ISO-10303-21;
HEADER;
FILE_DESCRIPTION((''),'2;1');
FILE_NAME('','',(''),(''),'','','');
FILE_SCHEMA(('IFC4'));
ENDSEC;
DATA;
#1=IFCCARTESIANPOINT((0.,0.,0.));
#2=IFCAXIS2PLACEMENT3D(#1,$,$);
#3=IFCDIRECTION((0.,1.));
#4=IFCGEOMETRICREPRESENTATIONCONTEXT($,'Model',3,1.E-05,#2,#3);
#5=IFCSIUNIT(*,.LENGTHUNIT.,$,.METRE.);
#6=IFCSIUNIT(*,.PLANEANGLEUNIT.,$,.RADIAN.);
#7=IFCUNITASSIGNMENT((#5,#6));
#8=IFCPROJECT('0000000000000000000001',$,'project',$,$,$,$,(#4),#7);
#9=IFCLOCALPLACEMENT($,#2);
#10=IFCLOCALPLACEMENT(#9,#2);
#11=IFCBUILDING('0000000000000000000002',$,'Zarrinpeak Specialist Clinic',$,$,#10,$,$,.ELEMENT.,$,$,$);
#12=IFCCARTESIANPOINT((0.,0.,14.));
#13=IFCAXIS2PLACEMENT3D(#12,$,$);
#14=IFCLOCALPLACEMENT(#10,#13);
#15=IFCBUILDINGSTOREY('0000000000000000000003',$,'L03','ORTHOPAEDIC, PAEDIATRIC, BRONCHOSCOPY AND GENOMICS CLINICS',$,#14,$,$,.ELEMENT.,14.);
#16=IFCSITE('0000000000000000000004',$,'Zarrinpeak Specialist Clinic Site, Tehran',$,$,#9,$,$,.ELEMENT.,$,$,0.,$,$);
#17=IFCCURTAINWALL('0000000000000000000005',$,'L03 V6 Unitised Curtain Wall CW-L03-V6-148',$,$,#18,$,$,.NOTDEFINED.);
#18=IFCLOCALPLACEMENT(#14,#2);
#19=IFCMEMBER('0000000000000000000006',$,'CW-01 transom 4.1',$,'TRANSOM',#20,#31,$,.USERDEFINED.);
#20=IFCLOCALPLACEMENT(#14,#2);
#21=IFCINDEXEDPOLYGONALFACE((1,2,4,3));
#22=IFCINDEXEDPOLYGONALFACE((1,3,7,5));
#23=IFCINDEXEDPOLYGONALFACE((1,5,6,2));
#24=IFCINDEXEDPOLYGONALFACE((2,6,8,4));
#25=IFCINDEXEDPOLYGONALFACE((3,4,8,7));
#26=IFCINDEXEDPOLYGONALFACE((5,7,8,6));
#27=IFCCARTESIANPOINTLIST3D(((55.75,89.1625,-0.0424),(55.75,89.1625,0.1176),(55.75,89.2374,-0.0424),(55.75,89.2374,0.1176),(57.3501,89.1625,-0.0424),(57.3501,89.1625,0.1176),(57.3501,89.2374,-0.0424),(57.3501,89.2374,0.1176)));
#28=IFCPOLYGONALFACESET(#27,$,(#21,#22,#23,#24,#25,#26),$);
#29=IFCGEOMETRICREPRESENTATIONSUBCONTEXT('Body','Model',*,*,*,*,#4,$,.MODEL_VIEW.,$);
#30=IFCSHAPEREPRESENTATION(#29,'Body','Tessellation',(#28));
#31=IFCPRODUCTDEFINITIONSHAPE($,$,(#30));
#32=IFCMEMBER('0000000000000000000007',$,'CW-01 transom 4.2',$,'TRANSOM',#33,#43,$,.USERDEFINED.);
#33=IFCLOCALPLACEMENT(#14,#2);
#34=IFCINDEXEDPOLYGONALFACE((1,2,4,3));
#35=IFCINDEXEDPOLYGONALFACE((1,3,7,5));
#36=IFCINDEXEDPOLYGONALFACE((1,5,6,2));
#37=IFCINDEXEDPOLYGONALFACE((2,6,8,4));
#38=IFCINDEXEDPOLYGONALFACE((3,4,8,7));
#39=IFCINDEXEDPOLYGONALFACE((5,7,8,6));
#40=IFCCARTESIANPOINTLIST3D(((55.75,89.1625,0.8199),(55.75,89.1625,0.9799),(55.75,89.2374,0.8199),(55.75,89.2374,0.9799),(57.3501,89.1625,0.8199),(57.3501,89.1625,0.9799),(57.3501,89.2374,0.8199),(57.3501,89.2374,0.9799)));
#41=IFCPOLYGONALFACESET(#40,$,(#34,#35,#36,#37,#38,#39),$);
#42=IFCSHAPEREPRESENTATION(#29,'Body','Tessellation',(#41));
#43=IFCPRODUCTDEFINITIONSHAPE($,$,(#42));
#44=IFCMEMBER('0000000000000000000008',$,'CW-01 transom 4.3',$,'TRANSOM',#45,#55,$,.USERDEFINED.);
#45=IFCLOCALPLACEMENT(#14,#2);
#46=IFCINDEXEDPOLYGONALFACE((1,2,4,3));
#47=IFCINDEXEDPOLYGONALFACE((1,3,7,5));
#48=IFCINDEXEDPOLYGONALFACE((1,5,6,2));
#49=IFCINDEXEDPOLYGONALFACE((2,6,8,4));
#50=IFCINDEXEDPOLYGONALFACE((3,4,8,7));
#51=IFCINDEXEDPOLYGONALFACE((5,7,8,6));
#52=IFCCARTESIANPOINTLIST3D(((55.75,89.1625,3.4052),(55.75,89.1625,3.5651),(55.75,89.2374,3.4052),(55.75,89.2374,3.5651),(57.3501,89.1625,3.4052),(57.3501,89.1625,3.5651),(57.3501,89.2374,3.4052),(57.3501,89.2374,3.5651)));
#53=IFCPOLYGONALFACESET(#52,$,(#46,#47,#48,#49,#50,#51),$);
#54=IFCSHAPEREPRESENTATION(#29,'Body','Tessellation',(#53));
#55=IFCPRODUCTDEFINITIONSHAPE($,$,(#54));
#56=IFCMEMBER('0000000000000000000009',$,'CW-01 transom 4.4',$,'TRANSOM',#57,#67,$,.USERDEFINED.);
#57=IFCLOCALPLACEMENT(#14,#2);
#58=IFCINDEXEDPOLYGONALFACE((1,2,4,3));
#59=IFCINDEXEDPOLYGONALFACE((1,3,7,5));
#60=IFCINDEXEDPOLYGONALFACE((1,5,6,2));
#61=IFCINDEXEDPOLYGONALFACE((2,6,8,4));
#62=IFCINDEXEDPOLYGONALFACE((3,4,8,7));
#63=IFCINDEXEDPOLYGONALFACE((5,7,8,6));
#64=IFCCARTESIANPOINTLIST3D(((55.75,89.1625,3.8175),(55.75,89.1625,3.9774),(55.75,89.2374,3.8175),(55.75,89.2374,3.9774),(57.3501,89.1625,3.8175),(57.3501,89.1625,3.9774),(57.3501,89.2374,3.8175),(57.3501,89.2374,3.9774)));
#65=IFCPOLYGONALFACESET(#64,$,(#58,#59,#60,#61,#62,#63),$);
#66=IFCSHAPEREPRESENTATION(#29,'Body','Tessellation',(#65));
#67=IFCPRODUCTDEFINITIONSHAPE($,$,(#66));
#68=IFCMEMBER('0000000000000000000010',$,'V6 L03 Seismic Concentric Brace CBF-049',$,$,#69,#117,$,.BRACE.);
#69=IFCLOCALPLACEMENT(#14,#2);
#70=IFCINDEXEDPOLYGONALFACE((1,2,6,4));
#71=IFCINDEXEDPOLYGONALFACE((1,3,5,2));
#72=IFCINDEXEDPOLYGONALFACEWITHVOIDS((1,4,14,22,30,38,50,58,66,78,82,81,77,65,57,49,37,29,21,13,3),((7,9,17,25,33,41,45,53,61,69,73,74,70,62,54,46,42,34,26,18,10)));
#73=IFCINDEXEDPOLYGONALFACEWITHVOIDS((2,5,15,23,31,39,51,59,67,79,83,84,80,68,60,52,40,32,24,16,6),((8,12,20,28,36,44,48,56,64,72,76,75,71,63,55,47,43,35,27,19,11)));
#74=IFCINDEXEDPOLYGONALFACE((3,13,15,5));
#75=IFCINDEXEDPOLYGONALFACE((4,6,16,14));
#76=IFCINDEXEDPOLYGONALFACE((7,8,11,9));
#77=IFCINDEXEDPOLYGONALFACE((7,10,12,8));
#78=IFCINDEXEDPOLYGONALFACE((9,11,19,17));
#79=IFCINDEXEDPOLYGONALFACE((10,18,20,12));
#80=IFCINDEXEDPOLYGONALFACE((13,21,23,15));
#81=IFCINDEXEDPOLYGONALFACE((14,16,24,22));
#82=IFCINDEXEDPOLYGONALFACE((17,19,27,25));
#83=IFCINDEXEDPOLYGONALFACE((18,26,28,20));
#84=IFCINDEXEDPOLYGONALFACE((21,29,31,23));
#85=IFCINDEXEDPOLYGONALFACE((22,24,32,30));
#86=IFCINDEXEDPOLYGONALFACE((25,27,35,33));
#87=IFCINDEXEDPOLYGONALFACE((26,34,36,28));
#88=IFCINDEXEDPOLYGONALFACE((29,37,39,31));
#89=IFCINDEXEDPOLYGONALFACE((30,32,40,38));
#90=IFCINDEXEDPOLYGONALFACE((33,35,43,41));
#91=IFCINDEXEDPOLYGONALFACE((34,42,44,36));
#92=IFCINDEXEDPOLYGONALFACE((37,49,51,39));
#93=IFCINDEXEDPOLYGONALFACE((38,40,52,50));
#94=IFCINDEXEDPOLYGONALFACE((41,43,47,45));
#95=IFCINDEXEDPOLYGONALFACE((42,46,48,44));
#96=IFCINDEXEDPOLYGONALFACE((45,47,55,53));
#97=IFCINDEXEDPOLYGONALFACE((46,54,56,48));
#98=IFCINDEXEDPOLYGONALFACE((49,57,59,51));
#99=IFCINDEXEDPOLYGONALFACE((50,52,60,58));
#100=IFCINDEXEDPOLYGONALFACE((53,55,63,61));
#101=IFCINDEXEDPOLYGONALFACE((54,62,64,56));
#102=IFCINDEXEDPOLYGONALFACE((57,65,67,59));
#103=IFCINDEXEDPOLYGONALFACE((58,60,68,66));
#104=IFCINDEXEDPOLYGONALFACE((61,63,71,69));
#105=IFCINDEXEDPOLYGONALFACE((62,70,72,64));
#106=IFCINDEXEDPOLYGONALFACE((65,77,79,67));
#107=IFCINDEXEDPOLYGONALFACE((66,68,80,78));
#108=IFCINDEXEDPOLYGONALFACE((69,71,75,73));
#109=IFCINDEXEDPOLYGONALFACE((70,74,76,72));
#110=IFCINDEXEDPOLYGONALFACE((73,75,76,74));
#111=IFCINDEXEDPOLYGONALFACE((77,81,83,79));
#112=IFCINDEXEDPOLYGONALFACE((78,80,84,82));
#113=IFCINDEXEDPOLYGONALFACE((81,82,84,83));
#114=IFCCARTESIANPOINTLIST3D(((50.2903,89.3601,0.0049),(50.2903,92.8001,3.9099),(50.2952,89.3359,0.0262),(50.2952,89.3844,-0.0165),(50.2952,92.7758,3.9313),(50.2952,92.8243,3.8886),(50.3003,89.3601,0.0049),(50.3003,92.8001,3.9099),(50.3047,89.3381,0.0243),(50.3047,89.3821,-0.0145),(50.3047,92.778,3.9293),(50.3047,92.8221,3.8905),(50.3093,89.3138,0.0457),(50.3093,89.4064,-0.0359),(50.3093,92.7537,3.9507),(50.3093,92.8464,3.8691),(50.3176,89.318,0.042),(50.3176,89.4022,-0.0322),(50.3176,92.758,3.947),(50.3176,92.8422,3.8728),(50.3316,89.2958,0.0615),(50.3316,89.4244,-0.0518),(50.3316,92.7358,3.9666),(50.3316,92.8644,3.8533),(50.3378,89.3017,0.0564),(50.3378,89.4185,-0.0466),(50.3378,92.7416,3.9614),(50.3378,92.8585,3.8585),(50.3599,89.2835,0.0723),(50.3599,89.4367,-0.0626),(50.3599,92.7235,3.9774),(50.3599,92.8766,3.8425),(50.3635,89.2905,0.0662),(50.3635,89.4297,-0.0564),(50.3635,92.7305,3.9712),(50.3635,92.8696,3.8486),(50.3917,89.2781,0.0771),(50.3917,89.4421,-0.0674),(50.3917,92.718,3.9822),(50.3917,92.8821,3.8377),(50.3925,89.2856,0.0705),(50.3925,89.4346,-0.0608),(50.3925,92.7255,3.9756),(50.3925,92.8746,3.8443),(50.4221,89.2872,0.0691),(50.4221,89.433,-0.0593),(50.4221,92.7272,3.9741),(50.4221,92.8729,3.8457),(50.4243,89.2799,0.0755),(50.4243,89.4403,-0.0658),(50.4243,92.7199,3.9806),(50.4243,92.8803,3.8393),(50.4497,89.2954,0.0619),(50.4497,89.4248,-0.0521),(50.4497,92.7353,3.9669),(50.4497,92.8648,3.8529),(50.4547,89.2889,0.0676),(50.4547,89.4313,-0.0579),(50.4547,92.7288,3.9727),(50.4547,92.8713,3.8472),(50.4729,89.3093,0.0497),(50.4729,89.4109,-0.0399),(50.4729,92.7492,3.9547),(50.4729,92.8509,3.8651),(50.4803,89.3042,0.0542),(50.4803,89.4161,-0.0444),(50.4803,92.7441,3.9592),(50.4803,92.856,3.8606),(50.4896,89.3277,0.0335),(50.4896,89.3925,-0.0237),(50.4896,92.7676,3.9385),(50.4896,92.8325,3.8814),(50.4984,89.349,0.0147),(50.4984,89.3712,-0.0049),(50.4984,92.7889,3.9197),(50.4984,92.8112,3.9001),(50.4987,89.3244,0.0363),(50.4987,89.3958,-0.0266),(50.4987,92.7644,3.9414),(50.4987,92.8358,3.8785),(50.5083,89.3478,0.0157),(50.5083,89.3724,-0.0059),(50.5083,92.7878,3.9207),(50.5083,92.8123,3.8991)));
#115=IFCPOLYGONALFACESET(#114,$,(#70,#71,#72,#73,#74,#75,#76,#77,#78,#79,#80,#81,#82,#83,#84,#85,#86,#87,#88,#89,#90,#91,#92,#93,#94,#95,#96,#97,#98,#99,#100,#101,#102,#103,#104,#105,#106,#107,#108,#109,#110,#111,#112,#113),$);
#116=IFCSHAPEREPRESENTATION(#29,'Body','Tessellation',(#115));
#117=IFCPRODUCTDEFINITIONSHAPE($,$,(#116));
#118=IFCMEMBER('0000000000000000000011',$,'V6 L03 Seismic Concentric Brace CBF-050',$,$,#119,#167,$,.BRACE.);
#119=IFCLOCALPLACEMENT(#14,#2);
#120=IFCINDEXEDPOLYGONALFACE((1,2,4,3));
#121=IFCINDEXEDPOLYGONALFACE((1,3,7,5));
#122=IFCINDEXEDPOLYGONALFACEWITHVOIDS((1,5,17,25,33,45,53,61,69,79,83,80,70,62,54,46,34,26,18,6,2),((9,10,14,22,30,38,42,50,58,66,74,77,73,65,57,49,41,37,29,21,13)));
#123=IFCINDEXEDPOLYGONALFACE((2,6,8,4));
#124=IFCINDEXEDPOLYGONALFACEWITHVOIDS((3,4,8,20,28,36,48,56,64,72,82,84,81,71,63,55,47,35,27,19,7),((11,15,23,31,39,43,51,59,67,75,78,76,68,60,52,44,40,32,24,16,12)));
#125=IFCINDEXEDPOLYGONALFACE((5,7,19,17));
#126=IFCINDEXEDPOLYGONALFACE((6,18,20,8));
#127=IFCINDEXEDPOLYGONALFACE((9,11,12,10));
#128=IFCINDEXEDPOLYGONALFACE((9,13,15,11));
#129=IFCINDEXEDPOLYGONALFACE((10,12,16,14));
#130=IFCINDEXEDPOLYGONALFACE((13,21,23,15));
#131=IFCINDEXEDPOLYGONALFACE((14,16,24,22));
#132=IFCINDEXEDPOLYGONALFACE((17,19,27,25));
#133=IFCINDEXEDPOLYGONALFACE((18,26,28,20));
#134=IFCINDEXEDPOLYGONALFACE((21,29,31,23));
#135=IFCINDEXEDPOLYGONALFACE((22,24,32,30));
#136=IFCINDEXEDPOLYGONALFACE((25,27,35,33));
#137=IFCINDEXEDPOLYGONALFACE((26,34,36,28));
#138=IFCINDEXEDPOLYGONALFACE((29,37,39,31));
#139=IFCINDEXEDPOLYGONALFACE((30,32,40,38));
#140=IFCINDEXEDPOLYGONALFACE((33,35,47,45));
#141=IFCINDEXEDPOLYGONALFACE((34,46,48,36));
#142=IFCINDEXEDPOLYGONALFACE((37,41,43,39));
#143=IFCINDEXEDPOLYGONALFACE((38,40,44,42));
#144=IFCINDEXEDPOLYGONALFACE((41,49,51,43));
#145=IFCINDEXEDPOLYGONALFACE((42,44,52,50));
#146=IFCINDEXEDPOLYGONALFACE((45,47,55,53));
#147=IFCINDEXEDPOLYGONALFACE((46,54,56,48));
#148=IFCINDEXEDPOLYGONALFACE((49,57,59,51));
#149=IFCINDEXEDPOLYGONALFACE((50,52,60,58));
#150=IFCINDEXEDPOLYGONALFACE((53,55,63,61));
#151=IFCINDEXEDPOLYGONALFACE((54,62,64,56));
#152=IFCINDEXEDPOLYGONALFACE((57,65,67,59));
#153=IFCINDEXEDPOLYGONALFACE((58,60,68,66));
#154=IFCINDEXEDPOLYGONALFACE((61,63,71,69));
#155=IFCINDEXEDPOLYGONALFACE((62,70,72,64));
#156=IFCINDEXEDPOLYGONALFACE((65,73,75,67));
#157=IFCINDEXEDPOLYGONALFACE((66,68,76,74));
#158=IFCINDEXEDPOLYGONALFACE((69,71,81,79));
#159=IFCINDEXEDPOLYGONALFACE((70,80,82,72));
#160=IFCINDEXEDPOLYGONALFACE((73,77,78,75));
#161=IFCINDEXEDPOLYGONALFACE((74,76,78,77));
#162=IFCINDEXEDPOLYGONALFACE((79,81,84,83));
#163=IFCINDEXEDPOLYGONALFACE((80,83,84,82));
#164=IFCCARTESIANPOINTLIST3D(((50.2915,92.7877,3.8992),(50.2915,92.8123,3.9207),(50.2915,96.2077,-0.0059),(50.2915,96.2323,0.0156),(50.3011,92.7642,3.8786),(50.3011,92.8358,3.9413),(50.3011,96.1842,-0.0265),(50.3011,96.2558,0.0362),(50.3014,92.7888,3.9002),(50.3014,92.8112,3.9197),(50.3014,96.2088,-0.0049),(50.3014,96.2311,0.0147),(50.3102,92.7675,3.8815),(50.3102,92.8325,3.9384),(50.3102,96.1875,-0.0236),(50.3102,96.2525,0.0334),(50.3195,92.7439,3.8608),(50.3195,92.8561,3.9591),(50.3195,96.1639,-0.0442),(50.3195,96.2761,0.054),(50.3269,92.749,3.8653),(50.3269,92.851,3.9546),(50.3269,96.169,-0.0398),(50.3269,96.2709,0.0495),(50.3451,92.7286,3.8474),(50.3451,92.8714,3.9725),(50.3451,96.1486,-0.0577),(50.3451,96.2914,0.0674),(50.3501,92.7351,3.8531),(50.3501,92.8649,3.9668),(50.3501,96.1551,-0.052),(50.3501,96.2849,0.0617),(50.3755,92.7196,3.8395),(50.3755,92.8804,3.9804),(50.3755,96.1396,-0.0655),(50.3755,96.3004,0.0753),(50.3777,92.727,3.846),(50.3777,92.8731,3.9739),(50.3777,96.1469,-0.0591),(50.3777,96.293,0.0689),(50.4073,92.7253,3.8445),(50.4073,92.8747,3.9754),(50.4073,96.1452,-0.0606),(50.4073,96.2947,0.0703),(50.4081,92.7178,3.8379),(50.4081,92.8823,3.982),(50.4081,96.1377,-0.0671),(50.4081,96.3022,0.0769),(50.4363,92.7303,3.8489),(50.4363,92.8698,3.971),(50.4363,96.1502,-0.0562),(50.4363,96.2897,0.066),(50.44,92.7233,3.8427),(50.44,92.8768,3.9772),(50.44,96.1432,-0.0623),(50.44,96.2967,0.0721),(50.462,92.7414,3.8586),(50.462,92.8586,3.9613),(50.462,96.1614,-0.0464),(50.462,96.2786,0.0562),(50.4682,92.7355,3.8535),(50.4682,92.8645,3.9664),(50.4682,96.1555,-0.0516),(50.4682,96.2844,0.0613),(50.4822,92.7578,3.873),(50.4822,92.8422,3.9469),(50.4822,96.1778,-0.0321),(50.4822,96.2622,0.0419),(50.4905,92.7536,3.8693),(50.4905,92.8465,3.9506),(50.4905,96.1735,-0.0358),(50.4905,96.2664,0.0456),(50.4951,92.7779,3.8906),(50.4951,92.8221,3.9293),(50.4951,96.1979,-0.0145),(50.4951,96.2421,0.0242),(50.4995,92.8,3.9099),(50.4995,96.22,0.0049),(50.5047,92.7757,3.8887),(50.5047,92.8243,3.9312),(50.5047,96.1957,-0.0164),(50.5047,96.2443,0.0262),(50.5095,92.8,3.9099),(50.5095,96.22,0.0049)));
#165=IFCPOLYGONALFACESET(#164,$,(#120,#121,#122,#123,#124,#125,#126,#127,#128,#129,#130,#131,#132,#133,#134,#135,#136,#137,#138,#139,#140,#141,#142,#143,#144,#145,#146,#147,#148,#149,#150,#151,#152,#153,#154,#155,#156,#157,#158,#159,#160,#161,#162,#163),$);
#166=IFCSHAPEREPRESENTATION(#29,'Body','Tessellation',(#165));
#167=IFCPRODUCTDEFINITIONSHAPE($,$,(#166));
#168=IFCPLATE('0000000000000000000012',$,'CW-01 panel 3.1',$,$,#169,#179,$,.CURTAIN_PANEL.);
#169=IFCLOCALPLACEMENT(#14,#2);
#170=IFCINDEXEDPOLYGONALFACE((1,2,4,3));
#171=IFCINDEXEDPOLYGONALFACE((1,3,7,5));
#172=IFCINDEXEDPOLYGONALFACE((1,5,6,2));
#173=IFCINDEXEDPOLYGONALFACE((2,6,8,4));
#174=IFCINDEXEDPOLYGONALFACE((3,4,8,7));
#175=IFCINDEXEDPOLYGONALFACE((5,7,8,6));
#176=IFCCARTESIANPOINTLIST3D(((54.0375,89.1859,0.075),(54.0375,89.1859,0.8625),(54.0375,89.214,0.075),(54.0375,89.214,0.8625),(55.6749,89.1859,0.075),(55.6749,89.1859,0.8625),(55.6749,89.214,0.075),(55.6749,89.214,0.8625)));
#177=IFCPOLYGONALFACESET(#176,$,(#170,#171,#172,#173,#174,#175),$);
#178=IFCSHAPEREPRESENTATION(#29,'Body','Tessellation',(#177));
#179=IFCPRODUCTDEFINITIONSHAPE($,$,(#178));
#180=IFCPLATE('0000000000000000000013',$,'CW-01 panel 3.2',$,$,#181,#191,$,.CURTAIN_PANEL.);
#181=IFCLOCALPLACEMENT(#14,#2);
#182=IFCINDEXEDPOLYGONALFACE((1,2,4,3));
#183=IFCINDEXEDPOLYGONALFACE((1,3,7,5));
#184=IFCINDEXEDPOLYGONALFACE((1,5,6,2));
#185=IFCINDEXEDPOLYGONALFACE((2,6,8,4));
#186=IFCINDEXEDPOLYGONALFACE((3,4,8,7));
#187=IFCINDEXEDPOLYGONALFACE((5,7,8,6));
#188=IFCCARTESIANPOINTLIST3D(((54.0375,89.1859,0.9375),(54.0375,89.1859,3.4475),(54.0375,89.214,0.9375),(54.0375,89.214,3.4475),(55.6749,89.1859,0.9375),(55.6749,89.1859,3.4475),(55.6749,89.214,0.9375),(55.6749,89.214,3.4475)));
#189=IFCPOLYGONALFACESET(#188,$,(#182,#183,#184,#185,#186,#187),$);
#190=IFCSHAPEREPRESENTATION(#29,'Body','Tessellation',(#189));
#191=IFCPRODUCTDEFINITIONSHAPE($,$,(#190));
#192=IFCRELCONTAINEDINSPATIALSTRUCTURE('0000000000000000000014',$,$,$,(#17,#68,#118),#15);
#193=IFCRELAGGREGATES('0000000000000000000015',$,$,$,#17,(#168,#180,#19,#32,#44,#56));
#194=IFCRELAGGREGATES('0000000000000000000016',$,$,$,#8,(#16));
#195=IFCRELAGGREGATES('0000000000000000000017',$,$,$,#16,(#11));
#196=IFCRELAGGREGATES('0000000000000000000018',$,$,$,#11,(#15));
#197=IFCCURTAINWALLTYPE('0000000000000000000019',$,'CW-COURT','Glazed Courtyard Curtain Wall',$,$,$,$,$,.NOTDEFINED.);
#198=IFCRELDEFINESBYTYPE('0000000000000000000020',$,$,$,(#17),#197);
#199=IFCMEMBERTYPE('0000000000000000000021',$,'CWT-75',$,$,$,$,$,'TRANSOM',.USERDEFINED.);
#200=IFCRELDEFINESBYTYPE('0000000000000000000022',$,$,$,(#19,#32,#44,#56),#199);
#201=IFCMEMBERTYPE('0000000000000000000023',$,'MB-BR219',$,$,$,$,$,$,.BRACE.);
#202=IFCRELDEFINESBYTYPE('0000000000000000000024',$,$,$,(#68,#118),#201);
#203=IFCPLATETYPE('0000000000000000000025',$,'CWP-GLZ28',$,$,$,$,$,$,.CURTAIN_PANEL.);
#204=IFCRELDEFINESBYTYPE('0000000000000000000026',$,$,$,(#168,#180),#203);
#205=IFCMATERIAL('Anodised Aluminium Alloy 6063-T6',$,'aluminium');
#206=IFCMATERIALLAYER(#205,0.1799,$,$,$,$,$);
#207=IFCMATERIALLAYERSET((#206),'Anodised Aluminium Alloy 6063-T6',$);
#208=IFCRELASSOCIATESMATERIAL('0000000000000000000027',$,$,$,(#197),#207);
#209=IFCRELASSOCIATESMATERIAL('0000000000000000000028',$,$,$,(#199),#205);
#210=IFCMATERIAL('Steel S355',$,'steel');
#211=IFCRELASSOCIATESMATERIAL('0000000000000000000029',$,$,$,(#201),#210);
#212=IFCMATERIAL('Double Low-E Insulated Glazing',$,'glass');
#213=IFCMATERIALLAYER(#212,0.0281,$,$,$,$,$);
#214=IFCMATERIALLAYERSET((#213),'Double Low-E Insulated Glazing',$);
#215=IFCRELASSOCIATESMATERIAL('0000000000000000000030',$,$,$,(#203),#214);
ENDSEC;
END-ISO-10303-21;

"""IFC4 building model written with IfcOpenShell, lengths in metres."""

from ifc_helpers import new_model, si_unit, direction, frame, origin, origin_2d, place, context, subcontext, project, spatial, rectangle, hollow_circle, extrude, material, layer, layer_set, material_profile, profile_set, type_object, element, aggregate, save


model = new_model("IFC4")

# Units and contexts
model_context = context("Model", 3, precision=1e-05, world=origin(), true_north=direction((0.0, 1.0)))
body_context = subcontext(model_context, "Body", "Model", "MODEL_VIEW")
ifc_project = project(units=[si_unit("LENGTHUNIT", "METRE"), si_unit("PLANEANGLEUNIT", "RADIAN")], contexts=[model_context])

# Site, building, storey
site_placement = place(None, origin())
site = spatial("IfcSite", under=ifc_project, at=site_placement, Name="Zarrinpeak Specialist Clinic Site, Tehran", CompositionType="ELEMENT", RefElevation=0.0)
building_placement = place(site_placement, origin())
building = spatial("IfcBuilding", under=site, at=building_placement, Name="Zarrinpeak Specialist Clinic", CompositionType="ELEMENT")
storey_placement = place(building_placement, frame((0.0, 0.0, 14.0)))
storey = spatial("IfcBuildingStorey", under=building, at=storey_placement, Name="L03", Description="ORTHOPAEDIC, PAEDIATRIC, BRONCHOSCOPY AND GENOMICS CLINICS", CompositionType="ELEMENT", Elevation=14.0)

# Shared definitions
ifc_material_1 = material(Name="Steel S355", Category="steel")

# Curtain wall, members
ifc_material_2 = material(Name="Anodised Aluminium Alloy 6063-T6", Category="aluminium")
ifc_layer_1 = layer(ifc_material_2, 0.1799)
ifc_layer_set_1 = layer_set([ifc_layer_1], Name="Anodised Aluminium Alloy 6063-T6")
curtain_wall_type = type_object("IfcCurtainWallType", Name="CW-COURT", Description="Glazed Courtyard Curtain Wall", PredefinedType="NOTDEFINED", material=ifc_layer_set_1)
curtain_wall_placement = place(storey_placement, origin())
curtain_wall = element("IfcCurtainWall", 1, at=curtain_wall_placement, inside=storey, type_object=curtain_wall_type, Name="L03 V6 Unitised Curtain Wall CW-L03-V6-148", PredefinedType="NOTDEFINED")
ifc_material_profile_1 = material_profile(ifc_material_2, rectangle(XDim=0.075, YDim=0.1599, at=origin_2d()), Name="ALU 75x160")
ifc_profile_set_1 = profile_set([ifc_material_profile_1], Name="Anodised Aluminium Alloy 6063-T6")
member_type_1 = type_object("IfcMemberType", Name="CWT-75", ElementType="TRANSOM", PredefinedType="USERDEFINED", material=ifc_profile_set_1)
member_1_placement = place(storey_placement, frame((55.75, 89.2, 0.0376), z_axis=(1.0, 0.0, 0.0), x_axis=(0.0, 1.0, 0.0)))
member_1 = element("IfcMember", 2, at=member_1_placement, type_object=member_type_1, Name="CW-01 transom 4.1", ObjectType="TRANSOM", PredefinedType="USERDEFINED", context=body_context, shape_type="SweptSolid", body=[
    extrude(rectangle(XDim=0.075, YDim=0.1599, at=origin_2d()), origin(), (0.0, 0.0, 1.0), 1.6001),
])
member_2_placement = place(storey_placement, frame((55.75, 89.2, 0.8999), z_axis=(1.0, 0.0, 0.0), x_axis=(0.0, 1.0, 0.0)))
member_2 = element("IfcMember", 3, at=member_2_placement, type_object=member_type_1, Name="CW-01 transom 4.2", ObjectType="TRANSOM", PredefinedType="USERDEFINED", context=body_context, shape_type="SweptSolid", body=[
    extrude(rectangle(XDim=0.075, YDim=0.1599, at=origin_2d()), origin(), (0.0, 0.0, 1.0), 1.6001),
])
member_3_placement = place(storey_placement, frame((55.75, 89.2, 3.4851), z_axis=(1.0, 0.0, 0.0), x_axis=(0.0, 1.0, 0.0)))
member_3 = element("IfcMember", 4, at=member_3_placement, type_object=member_type_1, Name="CW-01 transom 4.3", ObjectType="TRANSOM", PredefinedType="USERDEFINED", context=body_context, shape_type="SweptSolid", body=[
    extrude(rectangle(XDim=0.075, YDim=0.1599, at=origin_2d()), origin(), (0.0, 0.0, 1.0), 1.6001),
])
member_4_placement = place(storey_placement, frame((55.75, 89.2, 3.8975), z_axis=(1.0, 0.0, 0.0), x_axis=(0.0, 1.0, 0.0)))
member_4 = element("IfcMember", 5, at=member_4_placement, type_object=member_type_1, Name="CW-01 transom 4.4", ObjectType="TRANSOM", PredefinedType="USERDEFINED", context=body_context, shape_type="SweptSolid", body=[
    extrude(rectangle(XDim=0.075, YDim=0.1599, at=origin_2d()), origin(), (0.0, 0.0, 1.0), 1.6001),
])

# Members
ifc_material_profile_2 = material_profile(ifc_material_1, hollow_circle(Radius=0.1096, WallThickness=0.01, at=origin_2d()), Name="CHS 219.1x10.0")
ifc_profile_set_2 = profile_set([ifc_material_profile_2], Name="Steel S355")
member_type_2 = type_object("IfcMemberType", Name="MB-BR219", PredefinedType="BRACE", material=ifc_profile_set_2)
member_5_placement = place(storey_placement, frame((50.3999, 89.3601, 0.0049), z_axis=(0.0, 0.661009, 0.750378), x_axis=(-1.0, 0.0, 0.0)))
element("IfcMember", 6, at=member_5_placement, inside=storey, type_object=member_type_2, Name="V6 L03 Seismic Concentric Brace CBF-049", PredefinedType="BRACE", context=body_context, shape_type="SweptSolid", body=[
    extrude(hollow_circle(Radius=0.1096, WallThickness=0.01, at=origin_2d()), origin(), (0.0, 0.0, 1.0), 5.2041),
])
member_6_placement = place(storey_placement, frame((50.3999, 96.22, 0.0049), z_axis=(0.0, -0.658834, 0.752288), x_axis=(1.0, 0.0, 0.0)))
element("IfcMember", 7, at=member_6_placement, inside=storey, type_object=member_type_2, Name="V6 L03 Seismic Concentric Brace CBF-050", PredefinedType="BRACE", context=body_context, shape_type="SweptSolid", body=[
    extrude(hollow_circle(Radius=0.1096, WallThickness=0.01, at=origin_2d()), origin(), (0.0, 0.0, 1.0), 5.1909),
])

# Plates
ifc_material_3 = material(Name="Double Low-E Insulated Glazing", Category="glass")
ifc_layer_2 = layer(ifc_material_3, 0.0281)
ifc_layer_set_2 = layer_set([ifc_layer_2], Name="Double Low-E Insulated Glazing")
plate_type_1 = type_object("IfcPlateType", Name="CWP-GLZ28", PredefinedType="CURTAIN_PANEL", material=ifc_layer_set_2)
plate_1_placement = place(storey_placement, frame((54.8562, 89.2, 0.075), z_axis=(0.0, 0.0, 1.0), x_axis=(1.0, 0.0, 0.0)))
plate_1 = element("IfcPlate", 8, at=plate_1_placement, type_object=plate_type_1, Name="CW-01 panel 3.1", PredefinedType="CURTAIN_PANEL", context=body_context, shape_type="SweptSolid", body=[
    extrude(rectangle(XDim=1.6375, YDim=0.0281, at=origin_2d()), origin(), (0.0, 0.0, 1.0), 0.7876),
])
plate_2_placement = place(storey_placement, frame((54.8562, 89.2, 0.9375), z_axis=(0.0, 0.0, 1.0), x_axis=(1.0, 0.0, 0.0)))
plate_2 = element("IfcPlate", 9, at=plate_2_placement, type_object=plate_type_1, Name="CW-01 panel 3.2", PredefinedType="CURTAIN_PANEL", context=body_context, shape_type="SweptSolid", body=[
    extrude(rectangle(XDim=1.6375, YDim=0.0281, at=origin_2d()), origin(), (0.0, 0.0, 1.0), 2.51),
])
aggregate(curtain_wall, [plate_1, plate_2, member_1, member_2, member_3, member_4])

save(model, "model.ifc")
